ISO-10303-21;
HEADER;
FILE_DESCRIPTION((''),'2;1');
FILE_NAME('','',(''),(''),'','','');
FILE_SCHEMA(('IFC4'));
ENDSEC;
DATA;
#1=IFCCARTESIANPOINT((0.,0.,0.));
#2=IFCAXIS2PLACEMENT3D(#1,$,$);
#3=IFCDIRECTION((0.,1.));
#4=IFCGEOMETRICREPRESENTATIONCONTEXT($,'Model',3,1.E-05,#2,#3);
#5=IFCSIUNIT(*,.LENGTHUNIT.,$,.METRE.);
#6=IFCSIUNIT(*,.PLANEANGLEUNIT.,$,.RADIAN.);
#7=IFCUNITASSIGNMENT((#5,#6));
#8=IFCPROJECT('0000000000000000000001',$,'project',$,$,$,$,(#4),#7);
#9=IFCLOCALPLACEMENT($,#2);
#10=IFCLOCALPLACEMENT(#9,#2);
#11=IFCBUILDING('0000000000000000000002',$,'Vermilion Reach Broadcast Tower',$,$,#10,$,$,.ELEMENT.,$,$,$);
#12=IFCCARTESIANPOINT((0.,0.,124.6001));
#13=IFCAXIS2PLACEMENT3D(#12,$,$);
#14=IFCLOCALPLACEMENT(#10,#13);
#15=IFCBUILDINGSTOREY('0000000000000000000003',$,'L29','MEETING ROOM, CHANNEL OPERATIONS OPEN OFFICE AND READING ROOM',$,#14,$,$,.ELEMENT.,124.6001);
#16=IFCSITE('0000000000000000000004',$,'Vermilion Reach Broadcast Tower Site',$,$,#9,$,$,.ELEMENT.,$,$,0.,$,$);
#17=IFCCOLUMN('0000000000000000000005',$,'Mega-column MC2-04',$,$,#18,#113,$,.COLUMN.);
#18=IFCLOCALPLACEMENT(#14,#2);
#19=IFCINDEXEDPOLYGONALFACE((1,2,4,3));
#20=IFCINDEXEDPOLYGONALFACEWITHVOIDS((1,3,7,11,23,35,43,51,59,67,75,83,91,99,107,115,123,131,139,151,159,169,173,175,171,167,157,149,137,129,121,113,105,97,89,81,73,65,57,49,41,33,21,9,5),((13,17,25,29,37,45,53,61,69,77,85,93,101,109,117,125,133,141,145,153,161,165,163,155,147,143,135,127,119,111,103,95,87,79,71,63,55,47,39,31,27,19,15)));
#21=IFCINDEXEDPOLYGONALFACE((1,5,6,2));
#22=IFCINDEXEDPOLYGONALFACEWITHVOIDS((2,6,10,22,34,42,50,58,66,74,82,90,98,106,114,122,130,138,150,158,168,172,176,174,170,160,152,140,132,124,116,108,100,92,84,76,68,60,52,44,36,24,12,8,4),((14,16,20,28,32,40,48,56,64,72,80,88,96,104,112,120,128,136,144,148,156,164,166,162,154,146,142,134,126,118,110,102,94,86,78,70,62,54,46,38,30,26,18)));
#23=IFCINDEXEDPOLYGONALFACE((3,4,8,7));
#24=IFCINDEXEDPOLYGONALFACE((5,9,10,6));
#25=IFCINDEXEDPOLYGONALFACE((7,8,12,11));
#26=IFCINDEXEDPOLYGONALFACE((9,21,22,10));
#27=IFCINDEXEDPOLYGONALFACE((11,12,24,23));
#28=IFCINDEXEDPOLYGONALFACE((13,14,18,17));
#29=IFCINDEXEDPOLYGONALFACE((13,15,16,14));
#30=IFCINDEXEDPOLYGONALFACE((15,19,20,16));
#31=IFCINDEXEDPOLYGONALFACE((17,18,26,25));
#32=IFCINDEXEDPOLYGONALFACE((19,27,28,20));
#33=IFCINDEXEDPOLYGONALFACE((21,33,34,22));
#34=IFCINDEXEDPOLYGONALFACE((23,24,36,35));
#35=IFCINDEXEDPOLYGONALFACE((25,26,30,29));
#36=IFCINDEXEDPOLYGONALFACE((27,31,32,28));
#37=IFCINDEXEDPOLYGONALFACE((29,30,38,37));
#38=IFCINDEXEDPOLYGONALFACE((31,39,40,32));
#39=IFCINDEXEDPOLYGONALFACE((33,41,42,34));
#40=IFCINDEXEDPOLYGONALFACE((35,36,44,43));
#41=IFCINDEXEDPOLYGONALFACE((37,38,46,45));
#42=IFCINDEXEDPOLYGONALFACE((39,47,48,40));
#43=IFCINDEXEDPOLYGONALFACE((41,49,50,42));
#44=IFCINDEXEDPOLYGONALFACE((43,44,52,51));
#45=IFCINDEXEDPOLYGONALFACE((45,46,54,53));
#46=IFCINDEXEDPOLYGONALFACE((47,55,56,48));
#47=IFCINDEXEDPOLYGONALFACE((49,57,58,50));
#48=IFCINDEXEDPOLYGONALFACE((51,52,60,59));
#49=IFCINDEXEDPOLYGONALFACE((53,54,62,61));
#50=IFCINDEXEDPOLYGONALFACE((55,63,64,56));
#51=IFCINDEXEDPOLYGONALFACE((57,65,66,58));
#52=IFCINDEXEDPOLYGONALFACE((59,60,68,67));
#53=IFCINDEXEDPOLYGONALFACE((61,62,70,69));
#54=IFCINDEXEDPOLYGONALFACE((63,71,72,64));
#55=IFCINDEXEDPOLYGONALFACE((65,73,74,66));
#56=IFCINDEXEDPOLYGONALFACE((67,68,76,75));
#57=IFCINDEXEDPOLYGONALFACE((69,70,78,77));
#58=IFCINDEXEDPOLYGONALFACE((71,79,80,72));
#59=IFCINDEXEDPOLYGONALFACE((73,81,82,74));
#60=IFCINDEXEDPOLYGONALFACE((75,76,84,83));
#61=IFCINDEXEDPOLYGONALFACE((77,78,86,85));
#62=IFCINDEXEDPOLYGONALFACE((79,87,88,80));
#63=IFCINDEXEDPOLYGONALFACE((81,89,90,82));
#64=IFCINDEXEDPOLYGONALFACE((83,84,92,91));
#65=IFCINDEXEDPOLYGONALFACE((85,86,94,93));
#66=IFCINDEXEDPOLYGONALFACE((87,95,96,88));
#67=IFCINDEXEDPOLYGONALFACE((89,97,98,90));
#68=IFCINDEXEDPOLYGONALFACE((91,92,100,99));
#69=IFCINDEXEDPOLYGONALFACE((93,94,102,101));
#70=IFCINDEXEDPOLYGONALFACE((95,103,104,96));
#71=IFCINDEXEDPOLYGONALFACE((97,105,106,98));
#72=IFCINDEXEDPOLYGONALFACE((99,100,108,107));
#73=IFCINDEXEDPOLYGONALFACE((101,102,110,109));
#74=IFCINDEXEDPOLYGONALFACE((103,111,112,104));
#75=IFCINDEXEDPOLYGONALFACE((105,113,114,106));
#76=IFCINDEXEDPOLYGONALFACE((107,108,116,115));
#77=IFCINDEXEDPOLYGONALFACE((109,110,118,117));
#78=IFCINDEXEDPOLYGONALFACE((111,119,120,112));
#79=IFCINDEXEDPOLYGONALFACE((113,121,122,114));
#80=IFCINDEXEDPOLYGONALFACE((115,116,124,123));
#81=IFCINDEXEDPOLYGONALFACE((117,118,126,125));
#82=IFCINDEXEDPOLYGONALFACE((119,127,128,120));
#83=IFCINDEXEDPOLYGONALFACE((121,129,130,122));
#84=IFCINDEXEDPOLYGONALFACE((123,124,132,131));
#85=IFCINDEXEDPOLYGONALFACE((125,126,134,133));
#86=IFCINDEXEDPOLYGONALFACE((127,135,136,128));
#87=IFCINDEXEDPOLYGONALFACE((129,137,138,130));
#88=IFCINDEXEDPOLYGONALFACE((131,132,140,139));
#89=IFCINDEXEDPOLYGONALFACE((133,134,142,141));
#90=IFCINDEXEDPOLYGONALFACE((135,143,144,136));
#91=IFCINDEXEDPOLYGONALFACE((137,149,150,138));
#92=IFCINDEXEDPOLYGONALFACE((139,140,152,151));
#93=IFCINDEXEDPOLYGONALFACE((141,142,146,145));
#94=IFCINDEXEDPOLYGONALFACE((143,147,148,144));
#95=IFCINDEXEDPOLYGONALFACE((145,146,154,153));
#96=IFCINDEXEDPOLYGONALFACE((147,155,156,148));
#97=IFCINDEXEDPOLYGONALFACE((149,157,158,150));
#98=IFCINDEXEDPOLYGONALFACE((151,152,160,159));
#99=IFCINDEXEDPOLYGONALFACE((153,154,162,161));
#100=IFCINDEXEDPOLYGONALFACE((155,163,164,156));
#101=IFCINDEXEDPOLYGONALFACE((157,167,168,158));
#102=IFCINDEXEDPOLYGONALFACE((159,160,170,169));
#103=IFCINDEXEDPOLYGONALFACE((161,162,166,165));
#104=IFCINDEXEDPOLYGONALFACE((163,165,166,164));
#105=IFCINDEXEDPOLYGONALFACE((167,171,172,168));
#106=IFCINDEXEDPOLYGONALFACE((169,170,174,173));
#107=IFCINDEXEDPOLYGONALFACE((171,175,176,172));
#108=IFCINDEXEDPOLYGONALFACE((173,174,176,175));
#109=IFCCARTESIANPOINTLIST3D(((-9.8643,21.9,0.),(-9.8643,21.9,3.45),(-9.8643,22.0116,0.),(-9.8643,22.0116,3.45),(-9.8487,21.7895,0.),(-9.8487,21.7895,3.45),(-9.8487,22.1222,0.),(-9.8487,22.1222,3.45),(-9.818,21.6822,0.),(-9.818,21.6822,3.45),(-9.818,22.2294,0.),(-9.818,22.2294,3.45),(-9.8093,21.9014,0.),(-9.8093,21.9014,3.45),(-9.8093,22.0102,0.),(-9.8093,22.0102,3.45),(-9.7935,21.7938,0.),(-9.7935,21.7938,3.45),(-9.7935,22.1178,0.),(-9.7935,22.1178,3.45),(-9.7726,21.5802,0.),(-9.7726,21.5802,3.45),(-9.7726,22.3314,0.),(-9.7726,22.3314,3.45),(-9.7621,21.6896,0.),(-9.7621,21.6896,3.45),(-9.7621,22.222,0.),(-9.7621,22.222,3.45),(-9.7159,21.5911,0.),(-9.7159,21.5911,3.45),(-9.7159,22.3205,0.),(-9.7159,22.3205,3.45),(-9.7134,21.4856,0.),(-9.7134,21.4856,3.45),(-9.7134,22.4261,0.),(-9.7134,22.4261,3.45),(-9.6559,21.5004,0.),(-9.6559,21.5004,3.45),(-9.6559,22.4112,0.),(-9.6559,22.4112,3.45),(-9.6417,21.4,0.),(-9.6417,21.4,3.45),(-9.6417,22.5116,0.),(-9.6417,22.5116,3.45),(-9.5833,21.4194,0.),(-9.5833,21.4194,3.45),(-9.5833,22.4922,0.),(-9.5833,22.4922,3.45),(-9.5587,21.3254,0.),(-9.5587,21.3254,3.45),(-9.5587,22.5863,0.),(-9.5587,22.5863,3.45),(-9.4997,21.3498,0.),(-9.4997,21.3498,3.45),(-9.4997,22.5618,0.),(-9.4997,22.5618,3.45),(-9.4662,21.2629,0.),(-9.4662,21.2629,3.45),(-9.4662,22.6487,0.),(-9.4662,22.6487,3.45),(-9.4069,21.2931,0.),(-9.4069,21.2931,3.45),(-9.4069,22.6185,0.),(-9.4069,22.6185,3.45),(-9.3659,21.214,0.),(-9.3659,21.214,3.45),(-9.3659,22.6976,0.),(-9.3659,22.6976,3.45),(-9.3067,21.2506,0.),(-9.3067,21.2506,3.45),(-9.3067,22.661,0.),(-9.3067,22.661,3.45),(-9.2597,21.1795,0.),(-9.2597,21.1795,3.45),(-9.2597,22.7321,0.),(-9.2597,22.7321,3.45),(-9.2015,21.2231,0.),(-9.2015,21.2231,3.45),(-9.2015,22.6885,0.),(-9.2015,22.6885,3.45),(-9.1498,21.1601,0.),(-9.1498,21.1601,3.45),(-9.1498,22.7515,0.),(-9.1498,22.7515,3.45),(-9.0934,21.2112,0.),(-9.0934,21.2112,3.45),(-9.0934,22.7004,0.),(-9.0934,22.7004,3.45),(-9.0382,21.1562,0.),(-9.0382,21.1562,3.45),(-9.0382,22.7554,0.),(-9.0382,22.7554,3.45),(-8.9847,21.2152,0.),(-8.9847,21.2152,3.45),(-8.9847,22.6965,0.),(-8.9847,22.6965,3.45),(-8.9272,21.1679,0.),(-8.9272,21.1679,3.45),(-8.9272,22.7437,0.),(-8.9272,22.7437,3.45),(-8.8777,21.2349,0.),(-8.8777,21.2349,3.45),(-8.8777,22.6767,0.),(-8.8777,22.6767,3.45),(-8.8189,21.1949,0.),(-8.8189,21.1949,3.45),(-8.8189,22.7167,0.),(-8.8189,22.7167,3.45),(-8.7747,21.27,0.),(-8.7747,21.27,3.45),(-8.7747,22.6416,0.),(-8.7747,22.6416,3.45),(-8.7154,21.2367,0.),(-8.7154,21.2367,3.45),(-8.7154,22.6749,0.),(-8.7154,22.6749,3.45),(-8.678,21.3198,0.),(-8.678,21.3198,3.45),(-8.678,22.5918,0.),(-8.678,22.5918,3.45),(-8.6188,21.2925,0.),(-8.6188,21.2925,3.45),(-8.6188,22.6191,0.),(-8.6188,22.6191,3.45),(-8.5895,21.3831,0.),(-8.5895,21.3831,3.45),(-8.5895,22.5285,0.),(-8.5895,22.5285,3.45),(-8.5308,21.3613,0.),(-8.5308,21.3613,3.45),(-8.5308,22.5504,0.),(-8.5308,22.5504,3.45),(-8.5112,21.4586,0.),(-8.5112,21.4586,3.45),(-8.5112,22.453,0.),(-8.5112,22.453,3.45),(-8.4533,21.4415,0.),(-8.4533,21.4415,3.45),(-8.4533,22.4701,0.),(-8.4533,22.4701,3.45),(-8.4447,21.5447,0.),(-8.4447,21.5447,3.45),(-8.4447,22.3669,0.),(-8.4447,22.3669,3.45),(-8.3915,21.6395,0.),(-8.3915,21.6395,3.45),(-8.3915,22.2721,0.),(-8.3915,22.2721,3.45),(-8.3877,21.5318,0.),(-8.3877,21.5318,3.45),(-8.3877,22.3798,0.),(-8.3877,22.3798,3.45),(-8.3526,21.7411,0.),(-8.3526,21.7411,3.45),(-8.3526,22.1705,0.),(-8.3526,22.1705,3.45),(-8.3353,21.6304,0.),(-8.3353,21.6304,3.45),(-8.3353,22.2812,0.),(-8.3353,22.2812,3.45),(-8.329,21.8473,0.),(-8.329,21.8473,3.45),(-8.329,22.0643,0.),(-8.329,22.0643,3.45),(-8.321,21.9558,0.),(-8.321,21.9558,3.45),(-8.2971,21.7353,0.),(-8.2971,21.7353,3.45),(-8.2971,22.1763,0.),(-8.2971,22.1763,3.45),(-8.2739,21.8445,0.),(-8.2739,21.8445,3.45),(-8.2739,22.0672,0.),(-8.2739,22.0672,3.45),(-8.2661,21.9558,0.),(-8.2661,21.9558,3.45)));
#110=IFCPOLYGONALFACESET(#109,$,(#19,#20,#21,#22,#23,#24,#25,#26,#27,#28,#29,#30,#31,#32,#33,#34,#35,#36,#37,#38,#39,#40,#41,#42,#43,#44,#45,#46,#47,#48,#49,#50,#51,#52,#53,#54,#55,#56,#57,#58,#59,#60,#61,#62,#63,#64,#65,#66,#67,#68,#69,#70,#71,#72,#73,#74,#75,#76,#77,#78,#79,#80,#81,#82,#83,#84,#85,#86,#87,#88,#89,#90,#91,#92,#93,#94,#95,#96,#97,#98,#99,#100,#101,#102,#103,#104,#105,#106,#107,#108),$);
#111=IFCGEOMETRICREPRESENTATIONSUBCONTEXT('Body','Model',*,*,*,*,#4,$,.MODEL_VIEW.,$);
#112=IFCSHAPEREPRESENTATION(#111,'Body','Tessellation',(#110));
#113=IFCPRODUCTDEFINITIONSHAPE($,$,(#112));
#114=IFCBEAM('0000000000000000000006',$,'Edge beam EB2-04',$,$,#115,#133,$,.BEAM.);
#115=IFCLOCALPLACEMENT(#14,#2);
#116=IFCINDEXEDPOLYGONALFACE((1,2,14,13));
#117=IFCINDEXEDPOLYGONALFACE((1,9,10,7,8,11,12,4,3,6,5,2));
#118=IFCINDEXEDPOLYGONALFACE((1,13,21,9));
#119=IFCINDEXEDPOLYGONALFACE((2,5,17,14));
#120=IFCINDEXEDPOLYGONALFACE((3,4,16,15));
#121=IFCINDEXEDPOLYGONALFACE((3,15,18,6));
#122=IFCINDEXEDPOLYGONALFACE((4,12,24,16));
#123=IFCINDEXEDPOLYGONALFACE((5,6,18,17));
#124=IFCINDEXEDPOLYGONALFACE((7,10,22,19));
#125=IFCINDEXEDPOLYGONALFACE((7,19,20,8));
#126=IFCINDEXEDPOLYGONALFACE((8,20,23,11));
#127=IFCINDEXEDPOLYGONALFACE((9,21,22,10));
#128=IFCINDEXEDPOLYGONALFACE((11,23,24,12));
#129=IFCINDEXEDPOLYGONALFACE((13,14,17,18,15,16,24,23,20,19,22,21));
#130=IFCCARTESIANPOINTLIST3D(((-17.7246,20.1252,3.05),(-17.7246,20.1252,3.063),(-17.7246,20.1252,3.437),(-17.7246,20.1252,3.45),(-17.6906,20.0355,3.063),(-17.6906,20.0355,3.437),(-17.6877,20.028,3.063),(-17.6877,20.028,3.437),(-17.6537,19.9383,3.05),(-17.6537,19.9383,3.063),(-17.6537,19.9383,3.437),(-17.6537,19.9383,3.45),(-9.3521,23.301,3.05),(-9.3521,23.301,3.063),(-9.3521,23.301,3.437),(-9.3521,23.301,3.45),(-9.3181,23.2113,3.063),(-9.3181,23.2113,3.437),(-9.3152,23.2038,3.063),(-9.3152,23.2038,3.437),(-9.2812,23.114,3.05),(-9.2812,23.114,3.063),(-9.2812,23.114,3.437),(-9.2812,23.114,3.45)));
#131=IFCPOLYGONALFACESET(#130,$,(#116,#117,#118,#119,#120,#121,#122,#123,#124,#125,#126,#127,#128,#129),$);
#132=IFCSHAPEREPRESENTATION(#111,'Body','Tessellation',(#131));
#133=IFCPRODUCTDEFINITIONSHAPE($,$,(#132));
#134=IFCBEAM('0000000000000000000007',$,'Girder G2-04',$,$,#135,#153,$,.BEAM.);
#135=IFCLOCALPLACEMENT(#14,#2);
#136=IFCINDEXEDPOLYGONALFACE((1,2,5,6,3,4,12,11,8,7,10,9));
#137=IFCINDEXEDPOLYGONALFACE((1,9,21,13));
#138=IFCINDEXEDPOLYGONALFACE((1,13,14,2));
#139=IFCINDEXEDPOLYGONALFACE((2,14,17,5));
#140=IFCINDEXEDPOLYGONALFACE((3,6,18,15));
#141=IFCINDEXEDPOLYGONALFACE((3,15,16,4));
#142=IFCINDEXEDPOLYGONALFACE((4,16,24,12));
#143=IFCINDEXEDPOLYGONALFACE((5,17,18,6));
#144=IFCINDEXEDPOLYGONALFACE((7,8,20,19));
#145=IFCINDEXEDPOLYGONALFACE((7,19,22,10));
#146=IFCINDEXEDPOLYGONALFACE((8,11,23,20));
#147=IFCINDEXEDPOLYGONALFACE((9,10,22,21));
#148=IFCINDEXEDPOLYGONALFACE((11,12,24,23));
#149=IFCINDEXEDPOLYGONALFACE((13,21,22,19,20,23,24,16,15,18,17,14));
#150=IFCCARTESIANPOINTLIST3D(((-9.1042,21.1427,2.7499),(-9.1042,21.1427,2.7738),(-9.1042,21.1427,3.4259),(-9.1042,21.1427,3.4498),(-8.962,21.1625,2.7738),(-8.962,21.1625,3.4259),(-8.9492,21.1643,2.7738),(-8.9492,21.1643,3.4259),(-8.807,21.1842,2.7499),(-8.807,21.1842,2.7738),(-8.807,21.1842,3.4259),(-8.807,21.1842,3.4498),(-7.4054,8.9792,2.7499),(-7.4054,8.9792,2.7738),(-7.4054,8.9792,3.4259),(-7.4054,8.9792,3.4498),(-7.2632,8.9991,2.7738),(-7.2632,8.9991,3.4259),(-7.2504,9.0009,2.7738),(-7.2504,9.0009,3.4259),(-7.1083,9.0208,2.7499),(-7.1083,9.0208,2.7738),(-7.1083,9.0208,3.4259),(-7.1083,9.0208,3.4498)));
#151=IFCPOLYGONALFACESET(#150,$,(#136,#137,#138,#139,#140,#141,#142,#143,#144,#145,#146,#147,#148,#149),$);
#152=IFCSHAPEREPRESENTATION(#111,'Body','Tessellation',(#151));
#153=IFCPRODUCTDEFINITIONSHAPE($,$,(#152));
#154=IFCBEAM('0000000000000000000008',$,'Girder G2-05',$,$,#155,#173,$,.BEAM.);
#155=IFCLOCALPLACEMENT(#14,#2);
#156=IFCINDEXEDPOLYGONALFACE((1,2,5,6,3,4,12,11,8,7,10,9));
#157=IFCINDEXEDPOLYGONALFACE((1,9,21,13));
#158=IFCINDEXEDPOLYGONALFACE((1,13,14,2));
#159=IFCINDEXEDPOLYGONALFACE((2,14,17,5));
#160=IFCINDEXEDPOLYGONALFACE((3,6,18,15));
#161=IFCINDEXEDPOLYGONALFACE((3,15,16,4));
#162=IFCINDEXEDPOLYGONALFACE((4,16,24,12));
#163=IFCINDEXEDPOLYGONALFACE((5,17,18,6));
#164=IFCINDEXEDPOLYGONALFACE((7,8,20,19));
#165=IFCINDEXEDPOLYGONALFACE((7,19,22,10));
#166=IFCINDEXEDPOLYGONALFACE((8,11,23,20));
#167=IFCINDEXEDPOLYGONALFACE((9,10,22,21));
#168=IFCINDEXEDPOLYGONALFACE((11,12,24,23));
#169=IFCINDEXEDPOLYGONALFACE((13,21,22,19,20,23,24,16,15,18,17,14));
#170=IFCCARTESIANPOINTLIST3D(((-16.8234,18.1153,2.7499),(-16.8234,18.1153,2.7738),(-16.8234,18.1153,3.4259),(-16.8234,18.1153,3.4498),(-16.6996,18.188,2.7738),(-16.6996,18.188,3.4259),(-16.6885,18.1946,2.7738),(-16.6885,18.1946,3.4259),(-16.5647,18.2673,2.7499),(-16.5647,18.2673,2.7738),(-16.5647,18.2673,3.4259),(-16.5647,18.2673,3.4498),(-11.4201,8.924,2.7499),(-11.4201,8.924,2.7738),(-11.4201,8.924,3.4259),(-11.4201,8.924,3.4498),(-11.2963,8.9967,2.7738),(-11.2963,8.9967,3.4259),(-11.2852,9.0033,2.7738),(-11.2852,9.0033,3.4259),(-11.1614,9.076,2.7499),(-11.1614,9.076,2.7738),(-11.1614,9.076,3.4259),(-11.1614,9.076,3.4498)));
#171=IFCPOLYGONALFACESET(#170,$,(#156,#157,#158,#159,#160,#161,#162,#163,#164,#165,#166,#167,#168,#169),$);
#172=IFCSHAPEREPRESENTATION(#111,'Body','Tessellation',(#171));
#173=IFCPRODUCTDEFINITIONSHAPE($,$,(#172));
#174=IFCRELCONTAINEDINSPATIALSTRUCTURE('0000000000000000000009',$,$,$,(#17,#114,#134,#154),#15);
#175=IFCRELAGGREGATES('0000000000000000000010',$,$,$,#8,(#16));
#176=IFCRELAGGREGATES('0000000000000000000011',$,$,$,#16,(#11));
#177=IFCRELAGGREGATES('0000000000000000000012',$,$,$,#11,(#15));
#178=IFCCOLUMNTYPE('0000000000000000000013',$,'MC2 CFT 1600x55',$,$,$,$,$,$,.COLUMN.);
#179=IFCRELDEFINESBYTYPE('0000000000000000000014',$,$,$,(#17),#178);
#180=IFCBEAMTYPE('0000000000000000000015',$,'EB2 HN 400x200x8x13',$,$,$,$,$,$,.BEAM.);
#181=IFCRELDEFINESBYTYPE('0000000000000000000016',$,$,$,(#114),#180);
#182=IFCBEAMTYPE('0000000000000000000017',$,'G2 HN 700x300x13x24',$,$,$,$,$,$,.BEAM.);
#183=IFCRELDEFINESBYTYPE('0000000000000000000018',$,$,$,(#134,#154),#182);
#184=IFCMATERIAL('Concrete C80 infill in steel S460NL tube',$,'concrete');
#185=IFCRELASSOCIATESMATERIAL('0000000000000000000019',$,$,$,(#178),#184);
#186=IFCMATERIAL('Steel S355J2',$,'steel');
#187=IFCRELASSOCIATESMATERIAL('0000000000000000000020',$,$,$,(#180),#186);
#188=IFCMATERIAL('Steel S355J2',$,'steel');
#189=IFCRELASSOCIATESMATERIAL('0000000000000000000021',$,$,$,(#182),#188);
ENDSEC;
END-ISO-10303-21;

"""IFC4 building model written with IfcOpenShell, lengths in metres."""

from ifc_helpers import new_model, si_unit, direction, frame, origin, origin_2d, place, context, subcontext, project, spatial, hollow_circle, i_section, extrude, material, material_profile, profile_set, type_object, element, save


model = new_model("IFC4")

# Units and contexts
model_context = context("Model", 3, precision=1e-05, world=origin(), true_north=direction((0.0, 1.0)))
body_context = subcontext(model_context, "Body", "Model", "MODEL_VIEW")
ifc_project = project(units=[si_unit("LENGTHUNIT", "METRE"), si_unit("PLANEANGLEUNIT", "RADIAN")], contexts=[model_context])

# Site, building, storey
site_placement = place(None, origin())
site = spatial("IfcSite", under=ifc_project, at=site_placement, Name="Vermilion Reach Broadcast Tower Site", CompositionType="ELEMENT", RefElevation=0.0)
building_placement = place(site_placement, origin())
building = spatial("IfcBuilding", under=site, at=building_placement, Name="Vermilion Reach Broadcast Tower", CompositionType="ELEMENT")
storey_placement = place(building_placement, frame((0.0, 0.0, 124.6001)))
storey = spatial("IfcBuildingStorey", under=building, at=storey_placement, Name="L29", Description="MEETING ROOM, CHANNEL OPERATIONS OPEN OFFICE AND READING ROOM", CompositionType="ELEMENT", Elevation=124.6001)

# Column
ifc_material_1 = material(Name="Concrete C80 infill in steel S460NL tube", Category="concrete")
ifc_material_profile_1 = material_profile(ifc_material_1, hollow_circle(Radius=0.8, WallThickness=0.0549, at=origin_2d()), Name="Concrete C80 infill in steel S460NL tube CFT 1600x55")
ifc_profile_set_1 = profile_set([ifc_material_profile_1], Name="Concrete C80 infill in steel S460NL tube")
column_type = type_object("IfcColumnType", Name="MC2 CFT 1600x55", PredefinedType="COLUMN", material=ifc_profile_set_1)
column_placement = place(storey_placement, frame((-9.0662, 21.9558, 0.0), z_axis=(0.0, 0.0, 1.0), x_axis=(1.0, 0.0, 0.0)))
element("IfcColumn", 1, at=column_placement, inside=storey, type_object=column_type, Name="Mega-column MC2-04", PredefinedType="COLUMN", context=body_context, shape_type="SweptSolid", body=[
    extrude(hollow_circle(Radius=0.8, WallThickness=0.0549, at=origin_2d()), origin(), (0.0, 0.0, 1.0), 3.45),
])

# Beams
ifc_material_2 = material(Name="Steel S355J2", Category="steel")
ifc_material_profile_2 = material_profile(ifc_material_2, i_section(OverallWidth=0.2, OverallDepth=0.3999, WebThickness=0.0081, FlangeThickness=0.0129, at=origin_2d()), Name="S355J2 HN 400x200x8x13")
ifc_profile_set_2 = profile_set([ifc_material_profile_2], Name="Steel S355J2")
beam_type_1 = type_object("IfcBeamType", Name="EB2 HN 400x200x8x13", PredefinedType="BEAM", material=ifc_profile_set_2)
beam_1_placement = place(storey_placement, frame((-9.3167, 23.2075, 3.25), z_axis=(-0.934998, -0.354653, 0.0), x_axis=(0.354653, -0.934998, 0.0)))
element("IfcBeam", 2, at=beam_1_placement, inside=storey, type_object=beam_type_1, Name="Edge beam EB2-04", PredefinedType="BEAM", context=body_context, shape_type="SweptSolid", body=[
    extrude(i_section(OverallWidth=0.2, OverallDepth=0.3999, WebThickness=0.0081, FlangeThickness=0.0129, at=origin_2d()), origin(), (0.0, 0.0, 1.0), 8.9546),
])
ifc_material_3 = material(Name="Steel S355J2", Category="steel")
ifc_material_profile_3 = material_profile(ifc_material_3, i_section(OverallWidth=0.3, OverallDepth=0.7, WebThickness=0.0129, FlangeThickness=0.0239, at=origin_2d()), Name="S355J2 HN 700x300x13x24")
ifc_profile_set_3 = profile_set([ifc_material_profile_3], Name="Steel S355J2")
beam_type_2 = type_object("IfcBeamType", Name="G2 HN 700x300x13x24", PredefinedType="BEAM", material=ifc_profile_set_3)
beam_2_placement = place(storey_placement, frame((-7.2568, 9.0, 3.0999), z_axis=(-0.138318, 0.990388, 0.0), x_axis=(-0.990388, -0.138318, 0.0)))
element("IfcBeam", 3, at=beam_2_placement, inside=storey, type_object=beam_type_2, Name="Girder G2-04", PredefinedType="BEAM", context=body_context, shape_type="SweptSolid", body=[
    extrude(i_section(OverallWidth=0.3, OverallDepth=0.7, WebThickness=0.0129, FlangeThickness=0.0239, at=origin_2d()), origin(), (0.0, 0.0, 1.0), 12.2815),
])
beam_3_placement = place(storey_placement, frame((-11.2908, 9.0, 3.0999), z_axis=(-0.506784, 0.862073, 0.0), x_axis=(-0.862073, -0.506784, 0.0)))
element("IfcBeam", 4, at=beam_3_placement, inside=storey, type_object=beam_type_2, Name="Girder G2-05", PredefinedType="BEAM", context=body_context, shape_type="SweptSolid", body=[
    extrude(i_section(OverallWidth=0.3, OverallDepth=0.7, WebThickness=0.0129, FlangeThickness=0.0239, at=origin_2d()), origin(), (0.0, 0.0, 1.0), 10.6619),
])

save(model, "model.ifc")
